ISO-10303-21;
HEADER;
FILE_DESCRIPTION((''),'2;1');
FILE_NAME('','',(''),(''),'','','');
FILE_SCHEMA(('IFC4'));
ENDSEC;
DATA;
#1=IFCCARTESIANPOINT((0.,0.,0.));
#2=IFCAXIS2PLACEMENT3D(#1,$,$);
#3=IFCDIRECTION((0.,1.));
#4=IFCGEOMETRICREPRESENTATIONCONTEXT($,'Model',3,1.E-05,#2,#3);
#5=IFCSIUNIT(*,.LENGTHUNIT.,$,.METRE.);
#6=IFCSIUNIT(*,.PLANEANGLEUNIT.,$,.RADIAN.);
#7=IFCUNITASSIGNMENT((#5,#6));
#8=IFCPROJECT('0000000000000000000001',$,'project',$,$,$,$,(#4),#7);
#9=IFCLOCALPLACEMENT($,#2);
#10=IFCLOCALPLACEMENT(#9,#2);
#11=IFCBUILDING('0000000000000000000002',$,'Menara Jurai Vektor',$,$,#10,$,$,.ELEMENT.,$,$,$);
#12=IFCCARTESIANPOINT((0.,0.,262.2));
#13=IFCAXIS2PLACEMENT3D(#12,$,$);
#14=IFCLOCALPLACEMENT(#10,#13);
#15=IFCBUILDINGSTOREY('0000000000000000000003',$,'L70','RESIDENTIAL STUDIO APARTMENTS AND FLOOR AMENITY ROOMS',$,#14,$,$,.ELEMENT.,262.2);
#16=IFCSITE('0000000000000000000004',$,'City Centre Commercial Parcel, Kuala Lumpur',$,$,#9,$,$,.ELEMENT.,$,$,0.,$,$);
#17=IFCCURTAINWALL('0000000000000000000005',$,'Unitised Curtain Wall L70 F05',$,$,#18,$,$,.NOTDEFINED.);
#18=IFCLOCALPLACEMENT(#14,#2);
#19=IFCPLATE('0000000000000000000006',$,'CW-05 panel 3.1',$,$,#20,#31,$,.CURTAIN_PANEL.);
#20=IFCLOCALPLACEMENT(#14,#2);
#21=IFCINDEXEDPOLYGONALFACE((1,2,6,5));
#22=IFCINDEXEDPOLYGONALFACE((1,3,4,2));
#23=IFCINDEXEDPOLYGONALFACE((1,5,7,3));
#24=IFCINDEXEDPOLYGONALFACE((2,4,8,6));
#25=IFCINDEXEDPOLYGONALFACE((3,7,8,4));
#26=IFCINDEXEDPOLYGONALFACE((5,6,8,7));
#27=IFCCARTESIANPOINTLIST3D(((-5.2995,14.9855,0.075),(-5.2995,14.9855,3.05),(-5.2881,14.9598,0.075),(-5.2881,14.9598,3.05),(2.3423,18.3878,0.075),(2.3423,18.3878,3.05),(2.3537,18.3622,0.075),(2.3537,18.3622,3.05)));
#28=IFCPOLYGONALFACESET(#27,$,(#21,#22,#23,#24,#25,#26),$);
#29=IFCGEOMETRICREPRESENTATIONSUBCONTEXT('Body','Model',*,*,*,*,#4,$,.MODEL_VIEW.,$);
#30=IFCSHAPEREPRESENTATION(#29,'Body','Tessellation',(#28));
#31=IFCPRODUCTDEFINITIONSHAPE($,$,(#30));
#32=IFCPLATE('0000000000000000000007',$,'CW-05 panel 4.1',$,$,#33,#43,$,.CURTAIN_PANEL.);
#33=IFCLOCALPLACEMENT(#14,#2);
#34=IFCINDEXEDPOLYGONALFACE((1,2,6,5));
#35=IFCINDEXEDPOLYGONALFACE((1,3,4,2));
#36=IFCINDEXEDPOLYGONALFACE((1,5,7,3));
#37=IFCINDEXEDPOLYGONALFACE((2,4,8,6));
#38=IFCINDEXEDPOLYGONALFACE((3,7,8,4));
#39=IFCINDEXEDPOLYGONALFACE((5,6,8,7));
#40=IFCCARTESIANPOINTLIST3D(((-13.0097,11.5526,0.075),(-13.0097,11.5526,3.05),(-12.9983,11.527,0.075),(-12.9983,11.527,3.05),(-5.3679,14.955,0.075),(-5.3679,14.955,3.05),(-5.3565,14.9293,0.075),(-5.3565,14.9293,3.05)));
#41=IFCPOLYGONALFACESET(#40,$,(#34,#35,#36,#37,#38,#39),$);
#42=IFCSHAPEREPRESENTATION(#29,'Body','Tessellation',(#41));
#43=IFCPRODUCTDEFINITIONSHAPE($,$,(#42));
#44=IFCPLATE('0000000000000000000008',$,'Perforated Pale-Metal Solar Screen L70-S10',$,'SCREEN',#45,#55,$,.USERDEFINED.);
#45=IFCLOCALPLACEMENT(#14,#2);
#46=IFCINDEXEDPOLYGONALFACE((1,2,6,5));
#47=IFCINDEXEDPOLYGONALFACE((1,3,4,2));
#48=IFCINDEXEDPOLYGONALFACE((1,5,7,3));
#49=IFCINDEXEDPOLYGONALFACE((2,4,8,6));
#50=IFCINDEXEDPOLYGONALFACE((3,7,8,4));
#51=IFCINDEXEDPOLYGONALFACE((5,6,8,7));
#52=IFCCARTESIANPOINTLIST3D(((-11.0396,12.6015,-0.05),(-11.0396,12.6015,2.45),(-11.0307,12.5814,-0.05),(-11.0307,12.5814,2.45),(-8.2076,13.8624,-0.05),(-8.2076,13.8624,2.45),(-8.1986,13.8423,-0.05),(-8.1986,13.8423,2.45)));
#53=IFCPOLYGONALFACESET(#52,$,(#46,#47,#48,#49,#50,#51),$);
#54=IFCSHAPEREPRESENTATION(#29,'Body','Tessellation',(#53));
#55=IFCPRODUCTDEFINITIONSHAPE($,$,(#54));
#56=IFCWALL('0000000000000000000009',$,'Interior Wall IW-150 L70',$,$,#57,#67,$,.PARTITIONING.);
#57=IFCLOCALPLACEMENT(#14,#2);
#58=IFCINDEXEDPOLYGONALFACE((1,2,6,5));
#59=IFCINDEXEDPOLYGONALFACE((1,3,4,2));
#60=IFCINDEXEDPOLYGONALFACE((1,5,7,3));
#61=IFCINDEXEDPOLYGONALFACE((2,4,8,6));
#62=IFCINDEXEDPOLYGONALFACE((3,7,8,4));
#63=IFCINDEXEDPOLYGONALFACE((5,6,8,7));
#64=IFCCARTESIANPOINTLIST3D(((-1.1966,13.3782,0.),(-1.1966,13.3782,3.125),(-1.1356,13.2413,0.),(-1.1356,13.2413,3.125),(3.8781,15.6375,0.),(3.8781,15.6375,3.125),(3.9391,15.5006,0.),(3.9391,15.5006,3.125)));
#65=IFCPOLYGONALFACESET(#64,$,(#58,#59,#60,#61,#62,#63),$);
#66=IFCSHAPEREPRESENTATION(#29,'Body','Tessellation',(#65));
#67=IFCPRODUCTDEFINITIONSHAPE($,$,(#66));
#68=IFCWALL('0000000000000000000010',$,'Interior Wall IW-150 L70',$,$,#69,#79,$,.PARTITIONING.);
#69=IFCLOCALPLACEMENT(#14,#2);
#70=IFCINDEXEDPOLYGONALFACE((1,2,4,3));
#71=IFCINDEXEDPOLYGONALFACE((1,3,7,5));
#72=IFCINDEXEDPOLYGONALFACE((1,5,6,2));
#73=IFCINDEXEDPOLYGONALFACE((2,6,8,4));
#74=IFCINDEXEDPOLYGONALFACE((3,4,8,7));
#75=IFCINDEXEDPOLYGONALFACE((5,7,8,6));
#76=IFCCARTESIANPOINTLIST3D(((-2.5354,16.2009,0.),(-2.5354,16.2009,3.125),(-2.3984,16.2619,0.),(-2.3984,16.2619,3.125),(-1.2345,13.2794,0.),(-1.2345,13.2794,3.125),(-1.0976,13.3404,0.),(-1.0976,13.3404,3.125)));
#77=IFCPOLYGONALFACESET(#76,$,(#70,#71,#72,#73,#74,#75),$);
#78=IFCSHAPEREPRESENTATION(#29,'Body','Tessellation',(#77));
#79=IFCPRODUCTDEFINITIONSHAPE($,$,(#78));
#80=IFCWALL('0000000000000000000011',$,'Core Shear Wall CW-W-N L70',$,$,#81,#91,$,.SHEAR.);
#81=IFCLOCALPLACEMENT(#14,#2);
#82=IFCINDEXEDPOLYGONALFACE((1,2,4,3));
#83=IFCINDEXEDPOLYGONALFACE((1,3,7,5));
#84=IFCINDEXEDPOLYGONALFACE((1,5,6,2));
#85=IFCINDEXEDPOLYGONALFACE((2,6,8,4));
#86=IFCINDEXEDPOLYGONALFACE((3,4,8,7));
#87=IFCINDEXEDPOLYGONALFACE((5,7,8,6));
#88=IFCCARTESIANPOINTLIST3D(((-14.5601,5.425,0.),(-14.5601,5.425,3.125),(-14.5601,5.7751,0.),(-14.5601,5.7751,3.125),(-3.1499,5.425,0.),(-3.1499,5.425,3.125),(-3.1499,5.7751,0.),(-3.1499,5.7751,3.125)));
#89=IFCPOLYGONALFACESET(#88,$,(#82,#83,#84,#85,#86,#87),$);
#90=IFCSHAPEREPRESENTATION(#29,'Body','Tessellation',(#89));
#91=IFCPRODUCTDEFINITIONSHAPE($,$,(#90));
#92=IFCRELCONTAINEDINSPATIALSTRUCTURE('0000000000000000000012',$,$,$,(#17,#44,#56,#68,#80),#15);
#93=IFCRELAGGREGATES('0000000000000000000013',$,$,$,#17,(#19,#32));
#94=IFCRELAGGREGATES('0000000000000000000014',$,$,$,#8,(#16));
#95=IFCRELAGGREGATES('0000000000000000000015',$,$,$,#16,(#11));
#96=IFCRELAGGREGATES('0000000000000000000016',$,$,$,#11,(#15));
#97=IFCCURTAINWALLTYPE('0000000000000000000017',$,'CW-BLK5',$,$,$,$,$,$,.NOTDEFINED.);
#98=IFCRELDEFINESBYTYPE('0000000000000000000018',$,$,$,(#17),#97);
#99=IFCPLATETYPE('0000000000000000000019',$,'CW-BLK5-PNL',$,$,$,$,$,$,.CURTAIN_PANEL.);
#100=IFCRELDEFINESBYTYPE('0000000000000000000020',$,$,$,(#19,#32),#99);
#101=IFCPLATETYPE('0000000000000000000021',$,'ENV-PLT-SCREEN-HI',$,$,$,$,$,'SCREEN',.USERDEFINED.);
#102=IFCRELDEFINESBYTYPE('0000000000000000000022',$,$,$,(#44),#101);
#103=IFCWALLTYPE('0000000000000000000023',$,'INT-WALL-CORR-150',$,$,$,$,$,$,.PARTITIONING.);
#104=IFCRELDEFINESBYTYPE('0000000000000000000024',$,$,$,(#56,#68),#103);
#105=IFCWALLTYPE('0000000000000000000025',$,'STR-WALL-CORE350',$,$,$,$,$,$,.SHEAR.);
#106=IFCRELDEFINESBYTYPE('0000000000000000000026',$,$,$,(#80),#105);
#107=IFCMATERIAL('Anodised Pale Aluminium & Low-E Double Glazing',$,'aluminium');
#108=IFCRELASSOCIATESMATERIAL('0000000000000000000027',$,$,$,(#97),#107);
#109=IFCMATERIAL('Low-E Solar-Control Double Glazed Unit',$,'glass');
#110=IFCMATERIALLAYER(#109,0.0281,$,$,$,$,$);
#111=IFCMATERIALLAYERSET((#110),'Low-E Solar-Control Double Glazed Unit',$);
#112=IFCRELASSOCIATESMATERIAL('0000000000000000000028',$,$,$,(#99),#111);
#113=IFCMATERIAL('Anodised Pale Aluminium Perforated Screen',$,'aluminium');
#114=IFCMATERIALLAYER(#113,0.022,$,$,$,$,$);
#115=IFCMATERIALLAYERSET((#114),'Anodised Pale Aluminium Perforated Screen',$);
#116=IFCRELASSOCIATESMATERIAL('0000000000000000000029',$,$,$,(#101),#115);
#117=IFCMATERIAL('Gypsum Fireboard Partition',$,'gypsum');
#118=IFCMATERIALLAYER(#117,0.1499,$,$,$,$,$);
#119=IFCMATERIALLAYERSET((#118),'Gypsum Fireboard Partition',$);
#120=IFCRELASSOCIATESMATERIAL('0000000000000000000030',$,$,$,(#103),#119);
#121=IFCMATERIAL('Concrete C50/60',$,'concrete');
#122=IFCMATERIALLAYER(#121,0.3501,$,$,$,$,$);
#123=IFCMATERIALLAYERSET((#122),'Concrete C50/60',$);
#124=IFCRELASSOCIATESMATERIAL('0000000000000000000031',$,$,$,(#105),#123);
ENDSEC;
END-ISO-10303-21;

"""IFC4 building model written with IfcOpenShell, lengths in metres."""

from ifc_helpers import new_model, si_unit, direction, frame, frame_2d, origin, origin_2d, place, context, subcontext, project, spatial, rectangle, extrude, material, layer, layer_set, type_object, element, aggregate, save


model = new_model("IFC4")

# Units and contexts
model_context = context("Model", 3, precision=1e-05, world=origin(), true_north=direction((0.0, 1.0)))
body_context = subcontext(model_context, "Body", "Model", "MODEL_VIEW")
ifc_project = project(units=[si_unit("LENGTHUNIT", "METRE"), si_unit("PLANEANGLEUNIT", "RADIAN")], contexts=[model_context])

# Site, building, storey
site_placement = place(None, origin())
site = spatial("IfcSite", under=ifc_project, at=site_placement, Name="City Centre Commercial Parcel, Kuala Lumpur", CompositionType="ELEMENT", RefElevation=0.0)
building_placement = place(site_placement, origin())
building = spatial("IfcBuilding", under=site, at=building_placement, Name="Menara Jurai Vektor", CompositionType="ELEMENT")
storey_placement = place(building_placement, frame((0.0, 0.0, 262.2)))
storey = spatial("IfcBuildingStorey", under=building, at=storey_placement, Name="L70", Description="RESIDENTIAL STUDIO APARTMENTS AND FLOOR AMENITY ROOMS", CompositionType="ELEMENT", Elevation=262.2)

# Curtain wall
ifc_material_1 = material(Name="Anodised Pale Aluminium & Low-E Double Glazing", Category="aluminium")
curtain_wall_type = type_object("IfcCurtainWallType", Name="CW-BLK5", PredefinedType="NOTDEFINED", material=ifc_material_1)
curtain_wall_placement = place(storey_placement, origin())
curtain_wall = element("IfcCurtainWall", 1, at=curtain_wall_placement, inside=storey, type_object=curtain_wall_type, Name="Unitised Curtain Wall L70 F05", PredefinedType="NOTDEFINED")

# Plates
ifc_material_2 = material(Name="Low-E Solar-Control Double Glazed Unit", Category="glass")
ifc_layer_1 = layer(ifc_material_2, 0.0281)
ifc_layer_set_1 = layer_set([ifc_layer_1], Name="Low-E Solar-Control Double Glazed Unit")
plate_type_1 = type_object("IfcPlateType", Name="CW-BLK5-PNL", PredefinedType="CURTAIN_PANEL", material=ifc_layer_set_1)
plate_1_placement = place(storey_placement, frame((-1.4729, 16.6738, 0.075), z_axis=(0.0, 0.0, 1.0), x_axis=(-0.913546, -0.406735, 0.0)))
plate_1 = element("IfcPlate", 2, at=plate_1_placement, type_object=plate_type_1, Name="CW-05 panel 3.1", PredefinedType="CURTAIN_PANEL", context=body_context, shape_type="SweptSolid", body=[
    extrude(rectangle(XDim=8.365, YDim=0.0281, at=origin_2d()), origin(), (0.0, 0.0, 1.0), 2.9751),
])
plate_2_placement = place(storey_placement, frame((-9.1831, 13.241, 0.075), z_axis=(0.0, 0.0, 1.0), x_axis=(-0.913546, -0.406735, 0.0)))
plate_2 = element("IfcPlate", 3, at=plate_2_placement, type_object=plate_type_1, Name="CW-05 panel 4.1", PredefinedType="CURTAIN_PANEL", context=body_context, shape_type="SweptSolid", body=[
    extrude(rectangle(XDim=8.365, YDim=0.0281, at=origin_2d()), origin(), (0.0, 0.0, 1.0), 2.9751),
])
aggregate(curtain_wall, [plate_1, plate_2])
ifc_material_3 = material(Name="Anodised Pale Aluminium Perforated Screen", Category="aluminium")
ifc_layer_2 = layer(ifc_material_3, 0.022)
ifc_layer_set_2 = layer_set([ifc_layer_2], Name="Anodised Pale Aluminium Perforated Screen")
plate_type_2 = type_object("IfcPlateType", Name="ENV-PLT-SCREEN-HI", ElementType="SCREEN", PredefinedType="USERDEFINED", material=ifc_layer_set_2)
plate_3_placement = place(storey_placement, frame((-9.6191, 13.2219, -0.05), z_axis=(0.0, 0.0, 1.0), x_axis=(-0.913545, -0.406737, 0.0)))
element("IfcPlate", 4, at=plate_3_placement, inside=storey, type_object=plate_type_2, Name="Perforated Pale-Metal Solar Screen L70-S10", ObjectType="SCREEN", PredefinedType="USERDEFINED", context=body_context, shape_type="SweptSolid", body=[
    extrude(rectangle(XDim=3.1001, YDim=0.022, at=origin_2d()), origin(), (0.0, 0.0, 1.0), 2.5),
])

# Wall
ifc_material_4 = material(Name="Gypsum Fireboard Partition", Category="gypsum")
ifc_layer_3 = layer(ifc_material_4, 0.1499)
ifc_layer_set_3 = layer_set([ifc_layer_3], Name="Gypsum Fireboard Partition")
wall_type_1 = type_object("IfcWallType", Name="INT-WALL-CORR-150", PredefinedType="PARTITIONING", material=ifc_layer_set_3)
wall_1_placement = place(storey_placement, frame((-1.166, 13.3098, 0.0), z_axis=(0.0, 0.0, 1.0), x_axis=(0.913554, 0.406717, 0.0)))
element("IfcWall", 5, at=wall_1_placement, inside=storey, type_object=wall_type_1, Name="Interior Wall IW-150 L70", PredefinedType="PARTITIONING", context=body_context, shape_type="SweptSolid", body=[
    extrude(rectangle(XDim=5.5549, YDim=0.1499, at=frame_2d((2.7773, 0.0))), origin(), (0.0, 0.0, 1.0), 3.125),
])

# Walls
wall_2_placement = place(storey_placement, frame((-1.166, 13.3098, 0.0), z_axis=(0.0, 0.0, 1.0), x_axis=(-0.406762, 0.913534, 0.0)))
element("IfcWall", 6, at=wall_2_placement, inside=storey, type_object=wall_type_1, Name="Interior Wall IW-150 L70", PredefinedType="PARTITIONING", context=body_context, shape_type="SweptSolid", body=[
    extrude(rectangle(XDim=3.198, YDim=0.1499, at=frame_2d((1.5991, 0.0))), origin(), (0.0, 0.0, 1.0), 3.125),
])
ifc_material_5 = material(Name="Concrete C50/60", Category="concrete")
ifc_layer_4 = layer(ifc_material_5, 0.3501)
ifc_layer_set_4 = layer_set([ifc_layer_4], Name="Concrete C50/60")
wall_type_2 = type_object("IfcWallType", Name="STR-WALL-CORE350", PredefinedType="SHEAR", material=ifc_layer_set_4)
wall_3_placement = place(storey_placement, frame((-14.5601, 5.6001, 0.0), z_axis=(0.0, 0.0, 1.0), x_axis=(1.0, 0.0, 0.0)))
element("IfcWall", 7, at=wall_3_placement, inside=storey, type_object=wall_type_2, Name="Core Shear Wall CW-W-N L70", PredefinedType="SHEAR", context=body_context, shape_type="SweptSolid", body=[
    extrude(rectangle(XDim=11.4102, YDim=0.3501, at=frame_2d((5.7051, 0.0))), origin(), (0.0, 0.0, 1.0), 3.125),
])

save(model, "model.ifc")
